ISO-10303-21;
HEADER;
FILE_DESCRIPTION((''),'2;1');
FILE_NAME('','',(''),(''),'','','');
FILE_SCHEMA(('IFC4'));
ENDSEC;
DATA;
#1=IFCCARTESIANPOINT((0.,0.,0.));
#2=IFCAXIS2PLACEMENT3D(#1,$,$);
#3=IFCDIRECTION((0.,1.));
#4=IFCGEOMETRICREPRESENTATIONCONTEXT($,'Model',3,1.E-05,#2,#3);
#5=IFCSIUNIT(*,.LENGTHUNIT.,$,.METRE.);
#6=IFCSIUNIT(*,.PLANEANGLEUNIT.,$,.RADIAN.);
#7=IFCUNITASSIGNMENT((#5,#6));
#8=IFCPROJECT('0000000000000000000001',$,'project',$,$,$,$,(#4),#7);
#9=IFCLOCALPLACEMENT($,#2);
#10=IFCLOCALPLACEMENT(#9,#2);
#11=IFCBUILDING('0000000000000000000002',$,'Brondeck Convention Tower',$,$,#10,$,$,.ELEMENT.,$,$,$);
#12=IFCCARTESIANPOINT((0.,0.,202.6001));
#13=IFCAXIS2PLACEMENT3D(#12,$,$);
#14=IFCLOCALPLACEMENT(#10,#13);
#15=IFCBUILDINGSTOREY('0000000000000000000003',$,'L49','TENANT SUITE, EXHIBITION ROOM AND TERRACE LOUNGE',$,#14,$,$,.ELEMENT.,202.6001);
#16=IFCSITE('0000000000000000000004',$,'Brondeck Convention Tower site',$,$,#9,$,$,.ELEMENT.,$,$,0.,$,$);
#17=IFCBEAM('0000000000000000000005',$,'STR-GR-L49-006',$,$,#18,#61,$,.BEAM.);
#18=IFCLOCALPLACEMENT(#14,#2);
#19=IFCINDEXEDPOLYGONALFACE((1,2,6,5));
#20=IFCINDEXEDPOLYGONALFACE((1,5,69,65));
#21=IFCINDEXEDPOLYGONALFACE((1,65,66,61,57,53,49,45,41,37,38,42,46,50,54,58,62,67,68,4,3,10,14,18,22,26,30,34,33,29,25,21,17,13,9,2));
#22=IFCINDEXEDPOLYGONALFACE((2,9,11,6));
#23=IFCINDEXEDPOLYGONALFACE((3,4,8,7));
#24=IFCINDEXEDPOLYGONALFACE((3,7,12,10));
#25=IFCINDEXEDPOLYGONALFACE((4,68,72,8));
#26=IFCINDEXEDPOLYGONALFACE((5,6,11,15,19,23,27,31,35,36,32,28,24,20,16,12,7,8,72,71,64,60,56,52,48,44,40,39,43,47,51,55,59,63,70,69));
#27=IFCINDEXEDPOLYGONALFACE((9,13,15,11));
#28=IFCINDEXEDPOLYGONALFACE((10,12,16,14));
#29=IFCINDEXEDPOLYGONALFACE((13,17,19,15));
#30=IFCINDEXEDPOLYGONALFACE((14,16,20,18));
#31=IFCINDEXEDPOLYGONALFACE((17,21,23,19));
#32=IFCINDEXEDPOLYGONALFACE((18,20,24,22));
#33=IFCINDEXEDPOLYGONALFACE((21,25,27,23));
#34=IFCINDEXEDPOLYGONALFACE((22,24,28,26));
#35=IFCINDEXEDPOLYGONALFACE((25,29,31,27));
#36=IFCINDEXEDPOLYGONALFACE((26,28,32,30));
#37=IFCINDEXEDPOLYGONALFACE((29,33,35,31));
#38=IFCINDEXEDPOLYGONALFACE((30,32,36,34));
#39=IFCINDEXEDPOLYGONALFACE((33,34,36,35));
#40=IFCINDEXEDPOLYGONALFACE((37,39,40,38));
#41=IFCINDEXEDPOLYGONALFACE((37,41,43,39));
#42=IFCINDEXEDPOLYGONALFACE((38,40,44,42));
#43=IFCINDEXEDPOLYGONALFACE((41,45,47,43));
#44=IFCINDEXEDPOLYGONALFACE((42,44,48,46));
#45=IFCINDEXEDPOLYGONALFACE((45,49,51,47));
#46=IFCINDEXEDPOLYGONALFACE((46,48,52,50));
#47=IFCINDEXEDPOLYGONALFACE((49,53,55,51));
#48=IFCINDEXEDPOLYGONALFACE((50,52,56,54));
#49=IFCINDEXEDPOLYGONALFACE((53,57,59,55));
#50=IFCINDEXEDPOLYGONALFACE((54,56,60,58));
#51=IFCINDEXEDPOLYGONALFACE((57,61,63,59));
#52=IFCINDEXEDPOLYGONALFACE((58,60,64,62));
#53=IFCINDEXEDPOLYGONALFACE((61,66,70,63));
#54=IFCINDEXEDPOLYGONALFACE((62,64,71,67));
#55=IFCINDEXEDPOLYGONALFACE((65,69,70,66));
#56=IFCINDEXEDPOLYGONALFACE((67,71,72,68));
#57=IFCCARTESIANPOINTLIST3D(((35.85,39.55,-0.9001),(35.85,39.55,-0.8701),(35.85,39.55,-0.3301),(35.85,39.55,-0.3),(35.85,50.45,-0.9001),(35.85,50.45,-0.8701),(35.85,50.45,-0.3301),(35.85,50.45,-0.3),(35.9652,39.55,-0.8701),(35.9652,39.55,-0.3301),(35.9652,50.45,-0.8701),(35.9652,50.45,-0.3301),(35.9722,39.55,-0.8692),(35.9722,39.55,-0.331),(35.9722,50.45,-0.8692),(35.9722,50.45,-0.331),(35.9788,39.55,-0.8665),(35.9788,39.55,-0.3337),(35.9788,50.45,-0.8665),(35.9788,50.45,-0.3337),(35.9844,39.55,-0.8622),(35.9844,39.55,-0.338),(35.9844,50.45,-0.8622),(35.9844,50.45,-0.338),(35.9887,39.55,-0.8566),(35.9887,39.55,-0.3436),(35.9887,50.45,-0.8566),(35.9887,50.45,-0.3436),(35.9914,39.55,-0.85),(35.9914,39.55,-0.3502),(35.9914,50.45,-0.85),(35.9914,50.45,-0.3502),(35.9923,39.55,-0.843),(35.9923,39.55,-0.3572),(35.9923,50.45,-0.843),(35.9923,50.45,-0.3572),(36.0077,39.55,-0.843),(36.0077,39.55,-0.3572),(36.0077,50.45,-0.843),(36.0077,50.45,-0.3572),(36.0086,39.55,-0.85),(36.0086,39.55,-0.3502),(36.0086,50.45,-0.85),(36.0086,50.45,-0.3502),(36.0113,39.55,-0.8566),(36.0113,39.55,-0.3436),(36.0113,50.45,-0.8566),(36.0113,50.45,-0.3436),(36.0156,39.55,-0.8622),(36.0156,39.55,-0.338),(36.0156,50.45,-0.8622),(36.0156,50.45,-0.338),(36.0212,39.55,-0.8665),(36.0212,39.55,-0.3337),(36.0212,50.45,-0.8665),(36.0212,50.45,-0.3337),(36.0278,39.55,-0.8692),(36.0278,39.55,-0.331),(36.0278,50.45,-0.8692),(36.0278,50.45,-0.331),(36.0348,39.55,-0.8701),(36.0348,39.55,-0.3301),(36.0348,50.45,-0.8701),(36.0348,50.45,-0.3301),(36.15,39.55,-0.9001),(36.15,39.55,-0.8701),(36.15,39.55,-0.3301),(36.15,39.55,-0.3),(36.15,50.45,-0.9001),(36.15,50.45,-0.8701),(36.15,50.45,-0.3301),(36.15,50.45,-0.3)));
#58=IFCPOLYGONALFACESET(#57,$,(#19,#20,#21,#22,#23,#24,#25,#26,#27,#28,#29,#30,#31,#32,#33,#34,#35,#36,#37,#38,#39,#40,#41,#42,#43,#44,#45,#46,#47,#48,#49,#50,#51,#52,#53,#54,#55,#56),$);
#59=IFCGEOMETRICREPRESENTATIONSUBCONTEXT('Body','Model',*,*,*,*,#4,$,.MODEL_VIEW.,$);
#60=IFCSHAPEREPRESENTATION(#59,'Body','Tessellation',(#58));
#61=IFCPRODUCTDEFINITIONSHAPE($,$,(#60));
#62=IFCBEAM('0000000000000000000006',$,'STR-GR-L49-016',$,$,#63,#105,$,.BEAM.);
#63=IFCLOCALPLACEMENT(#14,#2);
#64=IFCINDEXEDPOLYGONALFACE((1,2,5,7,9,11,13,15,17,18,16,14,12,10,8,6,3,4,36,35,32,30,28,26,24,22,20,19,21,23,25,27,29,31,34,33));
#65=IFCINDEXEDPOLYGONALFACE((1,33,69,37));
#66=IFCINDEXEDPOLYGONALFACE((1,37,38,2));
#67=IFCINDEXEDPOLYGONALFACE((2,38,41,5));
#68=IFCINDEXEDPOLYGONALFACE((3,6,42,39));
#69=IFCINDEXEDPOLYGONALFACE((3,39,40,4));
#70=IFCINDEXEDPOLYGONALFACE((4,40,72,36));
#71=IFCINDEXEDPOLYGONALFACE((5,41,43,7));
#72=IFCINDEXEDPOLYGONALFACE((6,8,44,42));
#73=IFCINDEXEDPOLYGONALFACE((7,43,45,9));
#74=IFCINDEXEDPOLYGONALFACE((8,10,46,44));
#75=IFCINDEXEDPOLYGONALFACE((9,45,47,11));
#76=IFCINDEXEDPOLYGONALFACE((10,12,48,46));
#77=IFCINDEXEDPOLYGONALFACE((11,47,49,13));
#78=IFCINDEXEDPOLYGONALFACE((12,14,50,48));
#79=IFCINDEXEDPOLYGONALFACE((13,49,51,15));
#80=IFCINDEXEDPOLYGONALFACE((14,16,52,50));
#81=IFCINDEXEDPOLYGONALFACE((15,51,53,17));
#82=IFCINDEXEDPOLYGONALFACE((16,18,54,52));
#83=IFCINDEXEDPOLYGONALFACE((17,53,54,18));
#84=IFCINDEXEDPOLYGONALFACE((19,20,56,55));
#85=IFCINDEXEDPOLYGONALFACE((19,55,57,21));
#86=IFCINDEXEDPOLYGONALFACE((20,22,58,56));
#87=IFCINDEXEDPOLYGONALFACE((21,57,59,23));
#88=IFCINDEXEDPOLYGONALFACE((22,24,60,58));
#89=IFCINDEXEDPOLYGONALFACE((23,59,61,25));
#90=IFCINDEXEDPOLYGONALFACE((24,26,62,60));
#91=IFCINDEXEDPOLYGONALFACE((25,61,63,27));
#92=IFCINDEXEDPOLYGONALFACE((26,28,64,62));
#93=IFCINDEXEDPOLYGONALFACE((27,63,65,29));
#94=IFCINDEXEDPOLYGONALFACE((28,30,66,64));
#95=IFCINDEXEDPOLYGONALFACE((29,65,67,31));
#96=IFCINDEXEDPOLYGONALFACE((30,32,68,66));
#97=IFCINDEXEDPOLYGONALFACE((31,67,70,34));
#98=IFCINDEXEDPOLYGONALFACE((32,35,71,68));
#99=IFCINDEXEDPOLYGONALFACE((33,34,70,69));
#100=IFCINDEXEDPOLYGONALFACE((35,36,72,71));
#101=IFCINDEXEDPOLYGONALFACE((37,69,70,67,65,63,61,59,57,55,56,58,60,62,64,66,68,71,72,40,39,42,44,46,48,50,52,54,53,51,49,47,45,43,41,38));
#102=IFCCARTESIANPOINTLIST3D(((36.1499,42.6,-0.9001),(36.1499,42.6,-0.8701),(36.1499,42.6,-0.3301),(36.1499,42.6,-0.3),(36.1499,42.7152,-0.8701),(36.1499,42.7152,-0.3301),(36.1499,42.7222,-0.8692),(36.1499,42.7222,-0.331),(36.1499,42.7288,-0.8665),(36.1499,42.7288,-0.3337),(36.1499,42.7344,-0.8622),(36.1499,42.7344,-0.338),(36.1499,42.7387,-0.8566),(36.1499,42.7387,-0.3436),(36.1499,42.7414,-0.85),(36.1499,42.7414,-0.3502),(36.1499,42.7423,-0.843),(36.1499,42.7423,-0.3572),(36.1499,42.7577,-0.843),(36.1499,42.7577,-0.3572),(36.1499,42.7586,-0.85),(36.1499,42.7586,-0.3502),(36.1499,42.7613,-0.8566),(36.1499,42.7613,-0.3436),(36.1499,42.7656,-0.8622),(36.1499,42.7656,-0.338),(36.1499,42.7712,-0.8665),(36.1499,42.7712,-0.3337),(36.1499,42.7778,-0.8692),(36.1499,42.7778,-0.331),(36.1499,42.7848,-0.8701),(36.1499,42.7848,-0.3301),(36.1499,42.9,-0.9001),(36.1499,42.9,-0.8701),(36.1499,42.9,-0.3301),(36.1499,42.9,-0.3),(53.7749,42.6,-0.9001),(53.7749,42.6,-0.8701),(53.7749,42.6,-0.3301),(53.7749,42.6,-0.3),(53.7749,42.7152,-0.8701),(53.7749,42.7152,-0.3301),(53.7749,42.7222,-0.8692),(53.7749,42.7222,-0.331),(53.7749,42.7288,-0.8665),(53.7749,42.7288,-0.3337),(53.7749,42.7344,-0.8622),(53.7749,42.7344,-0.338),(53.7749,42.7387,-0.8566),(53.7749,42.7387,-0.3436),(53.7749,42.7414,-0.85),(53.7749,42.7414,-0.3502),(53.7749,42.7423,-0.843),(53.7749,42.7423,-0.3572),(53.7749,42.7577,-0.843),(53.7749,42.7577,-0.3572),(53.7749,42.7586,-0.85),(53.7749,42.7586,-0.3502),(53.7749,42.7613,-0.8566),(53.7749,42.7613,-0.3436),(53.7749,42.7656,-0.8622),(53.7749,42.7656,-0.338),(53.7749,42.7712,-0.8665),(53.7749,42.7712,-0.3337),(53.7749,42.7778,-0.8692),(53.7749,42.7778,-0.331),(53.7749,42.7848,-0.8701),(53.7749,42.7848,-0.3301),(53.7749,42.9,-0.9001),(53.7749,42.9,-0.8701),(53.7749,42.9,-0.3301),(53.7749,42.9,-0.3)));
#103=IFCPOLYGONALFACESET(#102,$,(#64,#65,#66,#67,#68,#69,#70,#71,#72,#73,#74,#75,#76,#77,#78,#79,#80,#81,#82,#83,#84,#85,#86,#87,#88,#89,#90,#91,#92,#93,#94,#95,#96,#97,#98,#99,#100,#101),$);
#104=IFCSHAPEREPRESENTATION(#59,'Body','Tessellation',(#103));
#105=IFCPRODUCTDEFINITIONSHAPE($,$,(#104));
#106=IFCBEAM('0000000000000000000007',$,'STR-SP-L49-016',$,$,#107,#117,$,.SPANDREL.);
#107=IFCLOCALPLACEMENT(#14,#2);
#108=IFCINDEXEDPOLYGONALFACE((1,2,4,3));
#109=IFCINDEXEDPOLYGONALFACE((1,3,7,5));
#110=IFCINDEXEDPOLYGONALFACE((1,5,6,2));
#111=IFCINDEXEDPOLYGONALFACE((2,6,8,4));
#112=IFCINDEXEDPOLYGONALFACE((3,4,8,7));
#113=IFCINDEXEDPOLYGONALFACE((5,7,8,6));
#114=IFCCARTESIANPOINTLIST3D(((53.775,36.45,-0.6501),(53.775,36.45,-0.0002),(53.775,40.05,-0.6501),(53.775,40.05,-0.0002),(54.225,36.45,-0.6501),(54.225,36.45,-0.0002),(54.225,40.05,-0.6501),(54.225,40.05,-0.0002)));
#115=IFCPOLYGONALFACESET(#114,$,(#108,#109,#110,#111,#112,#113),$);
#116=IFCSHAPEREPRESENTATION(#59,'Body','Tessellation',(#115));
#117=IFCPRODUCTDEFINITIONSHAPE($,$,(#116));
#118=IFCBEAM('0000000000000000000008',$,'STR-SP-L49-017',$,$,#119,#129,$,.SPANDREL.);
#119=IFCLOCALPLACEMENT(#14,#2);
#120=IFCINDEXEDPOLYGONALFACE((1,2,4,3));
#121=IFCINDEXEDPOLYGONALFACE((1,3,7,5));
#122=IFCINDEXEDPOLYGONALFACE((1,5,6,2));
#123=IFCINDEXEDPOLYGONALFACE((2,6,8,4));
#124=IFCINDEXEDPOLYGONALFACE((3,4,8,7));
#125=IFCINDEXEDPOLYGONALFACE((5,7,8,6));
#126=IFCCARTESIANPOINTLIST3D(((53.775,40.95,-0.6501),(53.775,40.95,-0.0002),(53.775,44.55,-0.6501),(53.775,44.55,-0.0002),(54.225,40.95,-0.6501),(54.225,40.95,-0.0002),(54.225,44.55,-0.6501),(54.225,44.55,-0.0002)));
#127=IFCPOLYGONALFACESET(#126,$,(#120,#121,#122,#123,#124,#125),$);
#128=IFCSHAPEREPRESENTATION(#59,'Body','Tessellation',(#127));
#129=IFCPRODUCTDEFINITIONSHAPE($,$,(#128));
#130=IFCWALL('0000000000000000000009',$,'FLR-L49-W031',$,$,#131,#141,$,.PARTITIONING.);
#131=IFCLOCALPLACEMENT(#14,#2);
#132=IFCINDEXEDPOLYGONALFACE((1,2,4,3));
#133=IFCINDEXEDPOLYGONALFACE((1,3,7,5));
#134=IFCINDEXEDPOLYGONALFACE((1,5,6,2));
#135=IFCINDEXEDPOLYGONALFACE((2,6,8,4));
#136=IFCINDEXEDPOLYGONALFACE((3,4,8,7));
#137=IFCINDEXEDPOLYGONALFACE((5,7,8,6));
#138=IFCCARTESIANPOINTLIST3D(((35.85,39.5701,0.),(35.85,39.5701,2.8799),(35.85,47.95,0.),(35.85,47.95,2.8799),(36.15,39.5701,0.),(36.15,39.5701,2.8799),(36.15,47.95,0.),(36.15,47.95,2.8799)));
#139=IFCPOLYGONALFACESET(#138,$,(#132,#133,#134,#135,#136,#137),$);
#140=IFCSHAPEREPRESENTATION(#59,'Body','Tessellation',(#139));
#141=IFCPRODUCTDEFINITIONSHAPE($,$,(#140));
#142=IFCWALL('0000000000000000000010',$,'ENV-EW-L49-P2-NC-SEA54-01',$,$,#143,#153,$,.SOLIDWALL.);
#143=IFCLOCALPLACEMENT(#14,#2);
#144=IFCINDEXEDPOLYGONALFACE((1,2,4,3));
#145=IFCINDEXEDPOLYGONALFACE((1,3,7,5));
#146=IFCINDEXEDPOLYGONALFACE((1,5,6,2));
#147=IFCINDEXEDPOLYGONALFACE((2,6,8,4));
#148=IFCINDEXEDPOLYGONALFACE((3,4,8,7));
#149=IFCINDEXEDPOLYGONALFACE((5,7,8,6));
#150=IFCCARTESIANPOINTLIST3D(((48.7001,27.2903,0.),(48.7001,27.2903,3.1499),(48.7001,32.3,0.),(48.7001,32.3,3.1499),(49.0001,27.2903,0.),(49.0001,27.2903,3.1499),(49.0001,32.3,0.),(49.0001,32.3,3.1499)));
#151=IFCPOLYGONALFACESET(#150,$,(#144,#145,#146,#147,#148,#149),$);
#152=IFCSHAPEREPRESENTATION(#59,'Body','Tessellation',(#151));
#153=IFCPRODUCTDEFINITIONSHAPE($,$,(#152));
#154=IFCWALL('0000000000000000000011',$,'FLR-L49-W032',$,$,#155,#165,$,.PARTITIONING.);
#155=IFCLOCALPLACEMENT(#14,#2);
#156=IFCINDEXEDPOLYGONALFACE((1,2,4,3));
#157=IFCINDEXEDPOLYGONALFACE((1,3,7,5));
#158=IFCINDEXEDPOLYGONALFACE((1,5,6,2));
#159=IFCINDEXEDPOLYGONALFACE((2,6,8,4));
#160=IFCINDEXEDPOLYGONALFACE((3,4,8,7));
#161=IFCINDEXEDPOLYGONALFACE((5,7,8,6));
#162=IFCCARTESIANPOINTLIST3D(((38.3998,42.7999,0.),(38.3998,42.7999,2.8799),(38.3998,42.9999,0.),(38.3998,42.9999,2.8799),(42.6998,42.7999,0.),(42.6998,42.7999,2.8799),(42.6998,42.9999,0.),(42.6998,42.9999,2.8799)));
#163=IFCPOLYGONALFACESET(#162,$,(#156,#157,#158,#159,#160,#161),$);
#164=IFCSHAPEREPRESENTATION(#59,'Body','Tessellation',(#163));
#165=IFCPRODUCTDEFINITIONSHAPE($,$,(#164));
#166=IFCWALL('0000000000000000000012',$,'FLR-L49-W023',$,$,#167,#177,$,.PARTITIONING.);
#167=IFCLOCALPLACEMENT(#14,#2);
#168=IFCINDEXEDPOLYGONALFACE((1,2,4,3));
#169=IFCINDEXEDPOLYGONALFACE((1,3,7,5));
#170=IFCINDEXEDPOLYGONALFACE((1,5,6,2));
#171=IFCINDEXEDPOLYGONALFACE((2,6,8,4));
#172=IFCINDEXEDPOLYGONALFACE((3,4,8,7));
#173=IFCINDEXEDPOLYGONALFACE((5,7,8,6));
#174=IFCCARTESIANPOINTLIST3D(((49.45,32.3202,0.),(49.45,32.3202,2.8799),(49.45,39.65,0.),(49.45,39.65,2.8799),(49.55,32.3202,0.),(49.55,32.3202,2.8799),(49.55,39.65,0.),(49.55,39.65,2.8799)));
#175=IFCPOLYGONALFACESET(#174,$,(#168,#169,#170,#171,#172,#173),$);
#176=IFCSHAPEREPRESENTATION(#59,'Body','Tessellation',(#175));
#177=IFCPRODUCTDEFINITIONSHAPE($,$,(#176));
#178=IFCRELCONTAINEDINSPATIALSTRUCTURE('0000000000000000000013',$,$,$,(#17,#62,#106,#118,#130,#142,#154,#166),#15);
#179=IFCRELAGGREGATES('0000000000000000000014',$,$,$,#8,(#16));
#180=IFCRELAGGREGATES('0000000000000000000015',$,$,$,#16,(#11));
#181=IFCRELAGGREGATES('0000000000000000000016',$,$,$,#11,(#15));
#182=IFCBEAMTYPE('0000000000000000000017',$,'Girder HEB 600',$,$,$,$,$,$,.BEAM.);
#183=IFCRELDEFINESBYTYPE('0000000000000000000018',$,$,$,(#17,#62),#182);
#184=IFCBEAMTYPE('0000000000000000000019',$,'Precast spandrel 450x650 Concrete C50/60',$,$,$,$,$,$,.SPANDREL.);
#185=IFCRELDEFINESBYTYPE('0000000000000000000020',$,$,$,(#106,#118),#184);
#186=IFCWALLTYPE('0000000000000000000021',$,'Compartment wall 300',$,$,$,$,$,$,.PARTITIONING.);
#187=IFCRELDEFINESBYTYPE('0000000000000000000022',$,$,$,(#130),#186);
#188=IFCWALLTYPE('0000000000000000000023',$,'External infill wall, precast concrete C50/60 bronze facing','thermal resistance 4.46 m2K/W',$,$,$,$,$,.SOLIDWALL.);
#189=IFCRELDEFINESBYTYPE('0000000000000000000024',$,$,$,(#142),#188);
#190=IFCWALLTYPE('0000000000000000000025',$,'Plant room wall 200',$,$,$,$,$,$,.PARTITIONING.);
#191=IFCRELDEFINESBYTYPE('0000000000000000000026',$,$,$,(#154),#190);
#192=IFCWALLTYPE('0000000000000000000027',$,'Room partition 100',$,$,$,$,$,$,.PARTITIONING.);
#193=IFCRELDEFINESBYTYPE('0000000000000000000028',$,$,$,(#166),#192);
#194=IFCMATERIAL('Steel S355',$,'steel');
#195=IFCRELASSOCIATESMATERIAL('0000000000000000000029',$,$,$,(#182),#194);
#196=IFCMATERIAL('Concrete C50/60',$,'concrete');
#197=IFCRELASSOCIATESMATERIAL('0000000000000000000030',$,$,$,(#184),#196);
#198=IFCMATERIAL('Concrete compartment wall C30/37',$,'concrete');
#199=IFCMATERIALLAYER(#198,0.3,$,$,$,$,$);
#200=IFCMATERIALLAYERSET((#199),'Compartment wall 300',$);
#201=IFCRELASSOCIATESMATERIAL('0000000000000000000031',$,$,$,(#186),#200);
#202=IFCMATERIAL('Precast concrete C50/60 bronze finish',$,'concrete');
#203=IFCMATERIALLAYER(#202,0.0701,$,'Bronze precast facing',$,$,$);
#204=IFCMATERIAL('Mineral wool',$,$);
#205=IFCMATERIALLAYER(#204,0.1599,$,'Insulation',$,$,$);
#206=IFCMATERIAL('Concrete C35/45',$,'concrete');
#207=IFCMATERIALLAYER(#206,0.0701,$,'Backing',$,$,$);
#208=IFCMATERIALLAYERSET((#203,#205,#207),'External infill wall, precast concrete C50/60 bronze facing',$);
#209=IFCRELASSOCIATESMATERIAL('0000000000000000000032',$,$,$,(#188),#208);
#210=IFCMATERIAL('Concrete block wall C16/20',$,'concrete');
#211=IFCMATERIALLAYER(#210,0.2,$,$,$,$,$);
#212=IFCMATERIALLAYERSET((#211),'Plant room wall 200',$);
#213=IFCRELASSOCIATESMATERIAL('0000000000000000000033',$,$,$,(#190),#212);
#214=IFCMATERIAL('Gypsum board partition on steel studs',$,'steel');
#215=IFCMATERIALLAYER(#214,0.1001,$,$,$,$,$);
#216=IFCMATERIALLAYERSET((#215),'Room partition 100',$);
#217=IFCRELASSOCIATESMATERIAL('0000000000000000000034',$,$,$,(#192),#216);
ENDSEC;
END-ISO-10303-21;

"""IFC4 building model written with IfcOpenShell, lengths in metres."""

from ifc_helpers import new_model, si_unit, direction, frame, frame_2d, origin, origin_2d, place, context, subcontext, project, spatial, rectangle, i_section, extrude, material, layer, layer_set, material_profile, profile_set, type_object, element, save


model = new_model("IFC4")

# Units and contexts
model_context = context("Model", 3, precision=1e-05, world=origin(), true_north=direction((0.0, 1.0)))
body_context = subcontext(model_context, "Body", "Model", "MODEL_VIEW")
ifc_project = project(units=[si_unit("LENGTHUNIT", "METRE"), si_unit("PLANEANGLEUNIT", "RADIAN")], contexts=[model_context])

# Site, building, storey
site_placement = place(None, origin())
site = spatial("IfcSite", under=ifc_project, at=site_placement, Name="Brondeck Convention Tower site", CompositionType="ELEMENT", RefElevation=0.0)
building_placement = place(site_placement, origin())
building = spatial("IfcBuilding", under=site, at=building_placement, Name="Brondeck Convention Tower", CompositionType="ELEMENT")
storey_placement = place(building_placement, frame((0.0, 0.0, 202.6001)))
storey = spatial("IfcBuildingStorey", under=building, at=storey_placement, Name="L49", Description="TENANT SUITE, EXHIBITION ROOM AND TERRACE LOUNGE", CompositionType="ELEMENT", Elevation=202.6001)

# Shared definitions
ifc_material_1 = material(Name="Concrete C50/60", Category="concrete")

# Beams
ifc_material_2 = material(Name="Steel S355", Category="steel")
ifc_material_profile_1 = material_profile(ifc_material_2, i_section(OverallWidth=0.3, OverallDepth=0.6001, WebThickness=0.0154, FlangeThickness=0.03, FilletRadius=0.0271, at=origin_2d()), Name="HEB 600")
ifc_profile_set_1 = profile_set([ifc_material_profile_1], Name="Steel S355")
beam_type_1 = type_object("IfcBeamType", Name="Girder HEB 600", PredefinedType="BEAM", material=ifc_profile_set_1)
beam_1_placement = place(storey_placement, frame((36.0, 39.55, -0.6001), z_axis=(0.0, 1.0, 0.0), x_axis=(-1.0, 0.0, 0.0)))
element("IfcBeam", 1, at=beam_1_placement, inside=storey, type_object=beam_type_1, Name="STR-GR-L49-006", PredefinedType="BEAM", context=body_context, shape_type="SweptSolid", body=[
    extrude(i_section(OverallWidth=0.3, OverallDepth=0.6001, WebThickness=0.0154, FlangeThickness=0.03, FilletRadius=0.0271, at=origin_2d()), origin(), (0.0, 0.0, 1.0), 10.8999),
])
beam_2_placement = place(storey_placement, frame((36.1499, 42.75, -0.6001), z_axis=(1.0, 0.0, 0.0), x_axis=(0.0, 1.0, 0.0)))
element("IfcBeam", 2, at=beam_2_placement, inside=storey, type_object=beam_type_1, Name="STR-GR-L49-016", PredefinedType="BEAM", context=body_context, shape_type="SweptSolid", body=[
    extrude(i_section(OverallWidth=0.3, OverallDepth=0.6001, WebThickness=0.0154, FlangeThickness=0.03, FilletRadius=0.0271, at=origin_2d()), origin(), (0.0, 0.0, 1.0), 17.625),
])
ifc_material_profile_2 = material_profile(ifc_material_1, rectangle(XDim=0.45, YDim=0.6499, at=origin_2d()), Name="Precast spandrel 450x650 Concrete C50/60")
ifc_profile_set_2 = profile_set([ifc_material_profile_2], Name="Concrete C50/60")
beam_type_2 = type_object("IfcBeamType", Name="Precast spandrel 450x650 Concrete C50/60", PredefinedType="SPANDREL", material=ifc_profile_set_2)
for number, where, z_axis, x_axis, name in (
    (3, (54.0, 36.45, -0.3252), (0.0, 1.0, 0.0), (-1.0, 0.0, 0.0), "STR-SP-L49-016"),
    (4, (54.0, 40.95, -0.3252), (0.0, 1.0, 0.0), (-1.0, 0.0, 0.0), "STR-SP-L49-017"),
):
    element("IfcBeam", number, at=place(storey_placement, frame(where, z_axis=z_axis, x_axis=x_axis)), inside=storey, type_object=beam_type_2, Name=name, PredefinedType="SPANDREL", context=body_context, shape_type="SweptSolid", body=[
        extrude(rectangle(XDim=0.45, YDim=0.6499, at=origin_2d()), origin(), (0.0, 0.0, 1.0), 3.6001),
    ])

# Walls
ifc_material_3 = material(Name="Concrete compartment wall C30/37", Category="concrete")
ifc_layer_1 = layer(ifc_material_3, 0.3)
ifc_layer_set_1 = layer_set([ifc_layer_1], Name="Compartment wall 300")
wall_type_1 = type_object("IfcWallType", Name="Compartment wall 300", PredefinedType="PARTITIONING", material=ifc_layer_set_1)
wall_1_placement = place(storey_placement, frame((36.0, 39.5701, 0.0), z_axis=(0.0, 0.0, 1.0), x_axis=(0.0, 1.0, 0.0)))
element("IfcWall", 5, at=wall_1_placement, inside=storey, type_object=wall_type_1, Name="FLR-L49-W031", PredefinedType="PARTITIONING", context=body_context, shape_type="SweptSolid", body=[
    extrude(rectangle(XDim=8.3799, YDim=0.3, at=frame_2d((4.1899, 0.0))), origin(), (0.0, 0.0, 1.0), 2.8799),
])
ifc_material_4 = material(Name="Precast concrete C50/60 bronze finish", Category="concrete")
ifc_layer_2 = layer(ifc_material_4, 0.0701, Name="Bronze precast facing")
ifc_material_5 = material(Name="Mineral wool")
ifc_layer_3 = layer(ifc_material_5, 0.1599, Name="Insulation")
ifc_material_6 = material(Name="Concrete C35/45", Category="concrete")
ifc_layer_4 = layer(ifc_material_6, 0.0701, Name="Backing")
ifc_layer_set_2 = layer_set([ifc_layer_2, ifc_layer_3, ifc_layer_4], Name="External infill wall, precast concrete C50/60 bronze facing")
wall_type_2 = type_object("IfcWallType", Name="External infill wall, precast concrete C50/60 bronze facing", Description="thermal resistance 4.46 m2K/W", PredefinedType="SOLIDWALL", material=ifc_layer_set_2)
wall_2_placement = place(storey_placement, frame((48.8501, 32.3, 0.0), z_axis=(0.0, 0.0, 1.0), x_axis=(0.0, -1.0, 0.0)))
element("IfcWall", 6, at=wall_2_placement, inside=storey, type_object=wall_type_2, Name="ENV-EW-L49-P2-NC-SEA54-01", PredefinedType="SOLIDWALL", context=body_context, shape_type="SweptSolid", body=[
    extrude(rectangle(XDim=5.0098, YDim=0.3, at=frame_2d((2.5049, 0.0))), origin(), (0.0, 0.0, 1.0), 3.1499),
])
ifc_material_7 = material(Name="Concrete block wall C16/20", Category="concrete")
ifc_layer_5 = layer(ifc_material_7, 0.2)
ifc_layer_set_3 = layer_set([ifc_layer_5], Name="Plant room wall 200")
wall_type_3 = type_object("IfcWallType", Name="Plant room wall 200", PredefinedType="PARTITIONING", material=ifc_layer_set_3)
wall_3_placement = place(storey_placement, frame((38.3999, 42.8999, 0.0), z_axis=(0.0, 0.0, 1.0), x_axis=(1.0, 0.0, 0.0)))
element("IfcWall", 7, at=wall_3_placement, inside=storey, type_object=wall_type_3, Name="FLR-L49-W032", PredefinedType="PARTITIONING", context=body_context, shape_type="SweptSolid", body=[
    extrude(rectangle(XDim=4.3, YDim=0.2, at=frame_2d((2.1499, 0.0))), origin(), (0.0, 0.0, 1.0), 2.8799),
])
ifc_material_8 = material(Name="Gypsum board partition on steel studs", Category="steel")
ifc_layer_6 = layer(ifc_material_8, 0.1001)
ifc_layer_set_4 = layer_set([ifc_layer_6], Name="Room partition 100")
wall_type_4 = type_object("IfcWallType", Name="Room partition 100", PredefinedType="PARTITIONING", material=ifc_layer_set_4)
wall_4_placement = place(storey_placement, frame((49.5, 32.3201, 0.0), z_axis=(0.0, 0.0, 1.0), x_axis=(0.0, 1.0, 0.0)))
element("IfcWall", 8, at=wall_4_placement, inside=storey, type_object=wall_type_4, Name="FLR-L49-W023", PredefinedType="PARTITIONING", context=body_context, shape_type="SweptSolid", body=[
    extrude(rectangle(XDim=7.3298, YDim=0.1001, at=frame_2d((3.665, 0.0))), origin(), (0.0, 0.0, 1.0), 2.8799),
])

save(model, "model.ifc")
